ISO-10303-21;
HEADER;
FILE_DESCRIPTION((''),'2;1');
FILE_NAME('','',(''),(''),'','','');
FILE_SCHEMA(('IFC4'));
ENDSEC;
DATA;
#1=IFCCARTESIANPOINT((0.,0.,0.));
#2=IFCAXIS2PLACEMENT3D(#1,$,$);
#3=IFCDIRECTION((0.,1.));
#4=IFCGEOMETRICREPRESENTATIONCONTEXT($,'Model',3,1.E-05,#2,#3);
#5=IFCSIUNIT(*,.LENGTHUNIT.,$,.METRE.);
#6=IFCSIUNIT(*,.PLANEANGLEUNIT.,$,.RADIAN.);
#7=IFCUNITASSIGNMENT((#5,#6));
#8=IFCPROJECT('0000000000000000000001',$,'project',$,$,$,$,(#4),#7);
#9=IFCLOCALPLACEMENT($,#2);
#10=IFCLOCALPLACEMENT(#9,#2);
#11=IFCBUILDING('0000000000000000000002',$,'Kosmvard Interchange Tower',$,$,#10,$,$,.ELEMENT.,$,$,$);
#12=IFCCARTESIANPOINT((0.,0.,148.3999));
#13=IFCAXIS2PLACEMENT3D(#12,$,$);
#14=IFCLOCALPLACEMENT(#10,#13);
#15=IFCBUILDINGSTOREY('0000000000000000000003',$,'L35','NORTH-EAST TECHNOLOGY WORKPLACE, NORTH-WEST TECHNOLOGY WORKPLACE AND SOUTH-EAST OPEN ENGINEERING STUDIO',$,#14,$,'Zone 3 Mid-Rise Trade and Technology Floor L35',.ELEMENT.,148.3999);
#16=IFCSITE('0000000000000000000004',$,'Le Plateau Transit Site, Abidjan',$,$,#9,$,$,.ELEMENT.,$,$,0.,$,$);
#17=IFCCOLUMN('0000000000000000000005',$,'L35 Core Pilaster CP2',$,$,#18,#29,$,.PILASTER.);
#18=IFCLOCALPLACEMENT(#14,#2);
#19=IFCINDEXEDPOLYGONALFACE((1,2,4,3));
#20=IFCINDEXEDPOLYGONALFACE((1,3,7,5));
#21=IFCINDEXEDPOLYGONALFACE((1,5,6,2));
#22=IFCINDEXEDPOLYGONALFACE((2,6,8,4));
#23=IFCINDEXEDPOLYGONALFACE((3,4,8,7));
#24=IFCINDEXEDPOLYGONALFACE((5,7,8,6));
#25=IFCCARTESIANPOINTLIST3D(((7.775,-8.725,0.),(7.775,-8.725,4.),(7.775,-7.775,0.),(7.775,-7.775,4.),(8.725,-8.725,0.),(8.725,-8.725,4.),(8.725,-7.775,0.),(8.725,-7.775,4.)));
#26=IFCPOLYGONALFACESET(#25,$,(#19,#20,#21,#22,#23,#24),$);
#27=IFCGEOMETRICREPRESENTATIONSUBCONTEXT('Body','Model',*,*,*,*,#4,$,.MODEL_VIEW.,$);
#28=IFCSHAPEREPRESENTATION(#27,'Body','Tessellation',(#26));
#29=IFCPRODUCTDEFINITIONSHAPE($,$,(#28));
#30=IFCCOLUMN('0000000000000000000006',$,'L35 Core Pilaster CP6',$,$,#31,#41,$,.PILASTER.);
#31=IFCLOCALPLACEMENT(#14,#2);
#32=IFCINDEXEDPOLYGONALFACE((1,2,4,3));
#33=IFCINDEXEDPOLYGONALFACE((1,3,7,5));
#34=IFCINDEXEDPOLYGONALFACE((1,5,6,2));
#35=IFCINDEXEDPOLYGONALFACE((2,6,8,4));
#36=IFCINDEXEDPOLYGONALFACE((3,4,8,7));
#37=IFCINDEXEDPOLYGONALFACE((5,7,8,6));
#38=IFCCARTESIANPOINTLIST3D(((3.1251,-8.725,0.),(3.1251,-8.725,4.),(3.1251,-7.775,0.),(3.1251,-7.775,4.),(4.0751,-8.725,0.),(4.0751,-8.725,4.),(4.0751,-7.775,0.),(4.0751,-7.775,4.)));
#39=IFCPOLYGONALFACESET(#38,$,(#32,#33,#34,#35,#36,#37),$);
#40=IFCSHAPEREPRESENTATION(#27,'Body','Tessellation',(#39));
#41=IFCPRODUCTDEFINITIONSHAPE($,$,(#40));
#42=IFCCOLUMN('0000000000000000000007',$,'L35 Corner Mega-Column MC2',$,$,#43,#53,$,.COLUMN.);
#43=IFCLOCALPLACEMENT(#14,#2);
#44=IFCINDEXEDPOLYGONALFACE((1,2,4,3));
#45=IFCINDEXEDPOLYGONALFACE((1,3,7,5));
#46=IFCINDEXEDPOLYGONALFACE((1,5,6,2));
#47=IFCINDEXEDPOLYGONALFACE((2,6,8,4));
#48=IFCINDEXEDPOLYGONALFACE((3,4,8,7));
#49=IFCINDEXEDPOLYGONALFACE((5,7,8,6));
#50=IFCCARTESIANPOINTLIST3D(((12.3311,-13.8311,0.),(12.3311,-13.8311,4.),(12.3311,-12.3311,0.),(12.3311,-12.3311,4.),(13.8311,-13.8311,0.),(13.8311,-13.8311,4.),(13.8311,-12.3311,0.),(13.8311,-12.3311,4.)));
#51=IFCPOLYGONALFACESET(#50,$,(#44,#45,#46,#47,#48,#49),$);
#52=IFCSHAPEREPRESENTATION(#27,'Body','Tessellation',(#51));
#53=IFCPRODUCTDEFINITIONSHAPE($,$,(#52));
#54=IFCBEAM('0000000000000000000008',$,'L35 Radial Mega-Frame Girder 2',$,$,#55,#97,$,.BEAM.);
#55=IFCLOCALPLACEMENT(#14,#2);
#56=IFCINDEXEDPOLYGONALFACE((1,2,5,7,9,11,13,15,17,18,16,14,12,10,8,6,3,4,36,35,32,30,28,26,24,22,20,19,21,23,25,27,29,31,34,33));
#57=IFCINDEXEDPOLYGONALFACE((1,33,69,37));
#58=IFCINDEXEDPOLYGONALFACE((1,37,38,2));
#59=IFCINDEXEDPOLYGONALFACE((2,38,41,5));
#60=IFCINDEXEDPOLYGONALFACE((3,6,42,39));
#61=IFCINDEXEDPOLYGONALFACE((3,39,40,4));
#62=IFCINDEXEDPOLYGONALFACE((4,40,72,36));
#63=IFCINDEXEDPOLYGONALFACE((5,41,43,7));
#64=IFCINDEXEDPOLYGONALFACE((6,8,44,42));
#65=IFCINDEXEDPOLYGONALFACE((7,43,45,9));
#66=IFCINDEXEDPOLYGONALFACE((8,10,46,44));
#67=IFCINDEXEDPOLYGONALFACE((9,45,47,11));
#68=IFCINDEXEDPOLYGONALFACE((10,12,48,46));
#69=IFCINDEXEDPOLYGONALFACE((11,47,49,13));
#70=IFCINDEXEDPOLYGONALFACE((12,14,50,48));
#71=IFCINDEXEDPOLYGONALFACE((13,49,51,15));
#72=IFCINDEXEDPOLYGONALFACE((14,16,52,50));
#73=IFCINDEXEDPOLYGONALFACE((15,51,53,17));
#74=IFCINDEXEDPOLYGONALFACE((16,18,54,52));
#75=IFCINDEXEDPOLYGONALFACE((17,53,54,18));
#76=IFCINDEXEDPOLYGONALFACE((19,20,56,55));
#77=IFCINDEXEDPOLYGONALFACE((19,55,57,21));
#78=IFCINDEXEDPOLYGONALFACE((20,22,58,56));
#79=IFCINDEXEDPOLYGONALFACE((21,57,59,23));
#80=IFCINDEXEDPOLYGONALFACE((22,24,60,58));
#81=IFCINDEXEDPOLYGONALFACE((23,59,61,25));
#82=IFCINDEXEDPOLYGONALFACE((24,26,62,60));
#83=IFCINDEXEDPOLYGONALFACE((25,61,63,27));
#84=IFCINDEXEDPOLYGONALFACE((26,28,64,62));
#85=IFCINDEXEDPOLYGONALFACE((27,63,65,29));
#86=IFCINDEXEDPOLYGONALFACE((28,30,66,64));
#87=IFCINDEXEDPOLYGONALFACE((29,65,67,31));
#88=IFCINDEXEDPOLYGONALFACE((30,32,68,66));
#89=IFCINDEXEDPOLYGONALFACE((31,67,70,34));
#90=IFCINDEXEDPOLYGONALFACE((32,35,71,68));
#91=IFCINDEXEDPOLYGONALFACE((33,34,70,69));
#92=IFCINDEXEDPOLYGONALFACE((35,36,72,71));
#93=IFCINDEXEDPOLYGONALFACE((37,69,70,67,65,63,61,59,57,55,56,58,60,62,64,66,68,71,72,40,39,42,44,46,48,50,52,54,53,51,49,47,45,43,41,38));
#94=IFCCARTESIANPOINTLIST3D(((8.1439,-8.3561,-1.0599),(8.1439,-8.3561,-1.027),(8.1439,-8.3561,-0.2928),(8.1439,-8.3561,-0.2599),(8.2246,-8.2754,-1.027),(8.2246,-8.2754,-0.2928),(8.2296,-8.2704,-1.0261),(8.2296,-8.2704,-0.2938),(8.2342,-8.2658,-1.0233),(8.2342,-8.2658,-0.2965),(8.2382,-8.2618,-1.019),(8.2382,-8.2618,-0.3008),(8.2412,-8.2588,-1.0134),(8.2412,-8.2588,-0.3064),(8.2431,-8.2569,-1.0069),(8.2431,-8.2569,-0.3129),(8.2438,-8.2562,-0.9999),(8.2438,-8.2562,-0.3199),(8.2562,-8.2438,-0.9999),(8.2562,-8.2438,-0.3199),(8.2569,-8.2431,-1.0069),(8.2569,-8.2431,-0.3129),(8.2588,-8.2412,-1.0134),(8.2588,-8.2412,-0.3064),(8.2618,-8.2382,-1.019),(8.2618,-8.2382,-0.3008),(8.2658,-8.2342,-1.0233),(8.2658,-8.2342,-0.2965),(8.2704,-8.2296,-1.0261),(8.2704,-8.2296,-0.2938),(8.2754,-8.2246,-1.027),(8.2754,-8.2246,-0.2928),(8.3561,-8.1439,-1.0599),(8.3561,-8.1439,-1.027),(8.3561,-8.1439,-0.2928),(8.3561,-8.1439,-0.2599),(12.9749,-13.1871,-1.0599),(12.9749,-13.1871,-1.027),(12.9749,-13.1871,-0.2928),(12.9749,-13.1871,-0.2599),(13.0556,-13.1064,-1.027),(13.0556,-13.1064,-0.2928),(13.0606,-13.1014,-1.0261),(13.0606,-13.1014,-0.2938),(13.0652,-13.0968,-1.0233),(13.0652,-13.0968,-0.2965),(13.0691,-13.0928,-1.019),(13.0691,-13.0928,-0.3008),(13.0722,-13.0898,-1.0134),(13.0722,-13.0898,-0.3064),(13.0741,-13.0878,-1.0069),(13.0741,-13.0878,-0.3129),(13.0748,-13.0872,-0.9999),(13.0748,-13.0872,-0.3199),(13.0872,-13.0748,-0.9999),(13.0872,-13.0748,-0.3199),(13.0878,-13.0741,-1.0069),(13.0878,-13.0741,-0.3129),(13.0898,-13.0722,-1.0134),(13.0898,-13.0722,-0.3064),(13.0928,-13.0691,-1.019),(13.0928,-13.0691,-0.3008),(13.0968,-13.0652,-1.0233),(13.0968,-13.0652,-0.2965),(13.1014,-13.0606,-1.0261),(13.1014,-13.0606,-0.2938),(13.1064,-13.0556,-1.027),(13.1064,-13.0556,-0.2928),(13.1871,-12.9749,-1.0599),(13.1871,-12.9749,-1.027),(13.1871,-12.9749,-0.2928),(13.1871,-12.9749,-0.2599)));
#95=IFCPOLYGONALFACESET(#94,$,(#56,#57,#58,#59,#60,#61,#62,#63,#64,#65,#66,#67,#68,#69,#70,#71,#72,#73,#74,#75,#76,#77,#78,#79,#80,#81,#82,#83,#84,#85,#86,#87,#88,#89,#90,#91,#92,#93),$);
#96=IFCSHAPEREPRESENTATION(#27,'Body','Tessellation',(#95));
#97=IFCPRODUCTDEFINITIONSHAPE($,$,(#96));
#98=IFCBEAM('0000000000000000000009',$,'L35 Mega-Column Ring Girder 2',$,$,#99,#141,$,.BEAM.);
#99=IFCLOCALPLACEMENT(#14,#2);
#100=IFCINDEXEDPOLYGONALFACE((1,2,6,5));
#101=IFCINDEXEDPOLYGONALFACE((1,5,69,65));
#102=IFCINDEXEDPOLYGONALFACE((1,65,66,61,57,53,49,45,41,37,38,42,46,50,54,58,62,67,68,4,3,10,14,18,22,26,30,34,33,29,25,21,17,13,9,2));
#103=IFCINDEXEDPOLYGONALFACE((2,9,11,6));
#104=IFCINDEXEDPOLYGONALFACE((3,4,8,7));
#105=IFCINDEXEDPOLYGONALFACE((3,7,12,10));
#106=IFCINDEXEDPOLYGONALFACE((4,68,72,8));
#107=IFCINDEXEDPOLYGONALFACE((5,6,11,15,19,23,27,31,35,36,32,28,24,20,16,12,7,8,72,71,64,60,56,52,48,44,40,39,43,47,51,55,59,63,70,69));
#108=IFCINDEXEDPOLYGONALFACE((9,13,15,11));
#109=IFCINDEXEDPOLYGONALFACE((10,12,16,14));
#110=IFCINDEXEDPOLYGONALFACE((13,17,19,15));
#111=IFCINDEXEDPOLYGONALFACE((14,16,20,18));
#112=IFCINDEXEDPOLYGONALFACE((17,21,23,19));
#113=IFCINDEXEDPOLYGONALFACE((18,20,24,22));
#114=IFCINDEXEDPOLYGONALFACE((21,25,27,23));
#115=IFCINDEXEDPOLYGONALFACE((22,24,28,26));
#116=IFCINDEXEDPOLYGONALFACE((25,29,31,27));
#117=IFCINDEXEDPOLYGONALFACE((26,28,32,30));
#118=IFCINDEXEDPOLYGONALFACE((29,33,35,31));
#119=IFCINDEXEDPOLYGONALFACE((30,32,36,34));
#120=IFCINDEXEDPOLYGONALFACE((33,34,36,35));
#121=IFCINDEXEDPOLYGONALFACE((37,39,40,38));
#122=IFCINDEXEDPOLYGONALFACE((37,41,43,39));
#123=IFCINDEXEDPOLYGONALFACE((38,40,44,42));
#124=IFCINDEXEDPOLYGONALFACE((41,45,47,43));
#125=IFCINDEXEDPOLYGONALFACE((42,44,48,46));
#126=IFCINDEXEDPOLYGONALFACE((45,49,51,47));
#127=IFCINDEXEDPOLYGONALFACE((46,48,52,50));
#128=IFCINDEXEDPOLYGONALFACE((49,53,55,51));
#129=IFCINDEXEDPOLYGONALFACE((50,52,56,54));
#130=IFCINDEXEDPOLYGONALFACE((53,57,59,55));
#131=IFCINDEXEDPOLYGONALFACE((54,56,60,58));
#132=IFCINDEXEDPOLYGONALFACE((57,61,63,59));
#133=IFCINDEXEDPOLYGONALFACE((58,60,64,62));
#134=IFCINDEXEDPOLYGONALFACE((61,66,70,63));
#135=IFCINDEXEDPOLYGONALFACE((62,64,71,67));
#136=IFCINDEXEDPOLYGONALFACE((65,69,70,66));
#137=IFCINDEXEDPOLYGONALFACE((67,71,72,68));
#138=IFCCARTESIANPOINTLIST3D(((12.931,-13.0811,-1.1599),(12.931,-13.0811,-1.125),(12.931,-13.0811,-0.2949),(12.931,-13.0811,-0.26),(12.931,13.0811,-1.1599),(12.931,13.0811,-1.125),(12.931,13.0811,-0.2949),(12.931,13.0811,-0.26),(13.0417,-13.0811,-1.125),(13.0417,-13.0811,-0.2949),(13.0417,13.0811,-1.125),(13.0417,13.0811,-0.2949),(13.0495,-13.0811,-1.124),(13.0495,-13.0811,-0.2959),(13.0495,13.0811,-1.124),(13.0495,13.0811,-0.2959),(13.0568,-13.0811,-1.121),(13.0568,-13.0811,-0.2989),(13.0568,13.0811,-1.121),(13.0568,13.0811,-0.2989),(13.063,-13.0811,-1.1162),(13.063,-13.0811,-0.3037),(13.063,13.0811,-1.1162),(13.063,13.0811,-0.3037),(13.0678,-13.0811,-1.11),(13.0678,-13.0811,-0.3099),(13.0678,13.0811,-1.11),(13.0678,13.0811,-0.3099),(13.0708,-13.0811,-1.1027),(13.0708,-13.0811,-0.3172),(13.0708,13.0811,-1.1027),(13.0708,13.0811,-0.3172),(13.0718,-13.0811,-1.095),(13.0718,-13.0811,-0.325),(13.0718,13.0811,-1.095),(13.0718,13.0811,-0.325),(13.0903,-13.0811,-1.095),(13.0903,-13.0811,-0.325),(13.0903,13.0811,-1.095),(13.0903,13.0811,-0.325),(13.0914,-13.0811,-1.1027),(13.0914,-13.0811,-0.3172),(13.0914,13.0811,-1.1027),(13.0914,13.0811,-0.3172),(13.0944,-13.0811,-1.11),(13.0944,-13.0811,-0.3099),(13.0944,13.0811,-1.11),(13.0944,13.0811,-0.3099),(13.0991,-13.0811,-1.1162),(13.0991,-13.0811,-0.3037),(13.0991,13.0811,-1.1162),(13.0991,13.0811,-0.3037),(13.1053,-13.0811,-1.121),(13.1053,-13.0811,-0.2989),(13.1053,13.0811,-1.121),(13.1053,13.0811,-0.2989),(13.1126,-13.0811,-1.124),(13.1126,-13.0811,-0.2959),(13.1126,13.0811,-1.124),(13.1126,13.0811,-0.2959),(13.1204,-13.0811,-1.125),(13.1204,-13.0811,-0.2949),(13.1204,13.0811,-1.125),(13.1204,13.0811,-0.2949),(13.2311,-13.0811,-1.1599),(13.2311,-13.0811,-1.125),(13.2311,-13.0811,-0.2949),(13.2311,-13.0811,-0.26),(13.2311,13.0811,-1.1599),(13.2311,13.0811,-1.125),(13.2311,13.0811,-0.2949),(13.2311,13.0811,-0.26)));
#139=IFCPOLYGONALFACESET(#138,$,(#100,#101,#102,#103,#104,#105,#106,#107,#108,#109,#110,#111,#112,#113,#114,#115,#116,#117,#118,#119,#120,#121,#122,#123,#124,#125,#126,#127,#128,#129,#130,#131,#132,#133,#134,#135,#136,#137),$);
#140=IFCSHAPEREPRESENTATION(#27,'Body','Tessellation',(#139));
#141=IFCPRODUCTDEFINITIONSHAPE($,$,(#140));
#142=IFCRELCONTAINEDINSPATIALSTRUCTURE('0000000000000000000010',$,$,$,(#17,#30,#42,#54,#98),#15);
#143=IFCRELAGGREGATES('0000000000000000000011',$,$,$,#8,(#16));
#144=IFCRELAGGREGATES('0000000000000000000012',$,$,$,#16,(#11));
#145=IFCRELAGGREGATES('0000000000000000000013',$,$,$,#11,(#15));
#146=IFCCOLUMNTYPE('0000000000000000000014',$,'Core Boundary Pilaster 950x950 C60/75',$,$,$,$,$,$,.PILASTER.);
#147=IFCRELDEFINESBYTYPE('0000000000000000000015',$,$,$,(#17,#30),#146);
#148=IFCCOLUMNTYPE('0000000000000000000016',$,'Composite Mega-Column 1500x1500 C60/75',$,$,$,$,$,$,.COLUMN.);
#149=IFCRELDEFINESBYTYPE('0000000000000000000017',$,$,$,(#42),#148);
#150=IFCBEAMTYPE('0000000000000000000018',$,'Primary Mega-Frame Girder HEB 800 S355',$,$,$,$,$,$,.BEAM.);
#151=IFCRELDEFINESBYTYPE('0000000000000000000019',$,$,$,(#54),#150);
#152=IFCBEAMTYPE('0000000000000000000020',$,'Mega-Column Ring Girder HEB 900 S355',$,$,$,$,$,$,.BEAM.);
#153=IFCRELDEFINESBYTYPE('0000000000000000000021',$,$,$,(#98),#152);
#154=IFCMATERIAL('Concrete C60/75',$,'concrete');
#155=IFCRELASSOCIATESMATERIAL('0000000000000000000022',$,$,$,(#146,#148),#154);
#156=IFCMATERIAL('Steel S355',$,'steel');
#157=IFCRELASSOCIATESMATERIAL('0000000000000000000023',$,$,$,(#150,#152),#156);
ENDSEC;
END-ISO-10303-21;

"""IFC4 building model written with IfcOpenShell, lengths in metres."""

from ifc_helpers import new_model, si_unit, direction, frame, origin, origin_2d, place, context, subcontext, project, spatial, rectangle, i_section, extrude, source, transform, mapped, material, material_profile, profile_set, type_object, element, save


model = new_model("IFC4")

# Units and contexts
model_context = context("Model", 3, precision=1e-05, world=origin(), true_north=direction((0.0, 1.0)))
body_context = subcontext(model_context, "Body", "Model", "MODEL_VIEW")
ifc_project = project(units=[si_unit("LENGTHUNIT", "METRE"), si_unit("PLANEANGLEUNIT", "RADIAN")], contexts=[model_context])

# Site, building, storey
site_placement = place(None, origin())
site = spatial("IfcSite", under=ifc_project, at=site_placement, Name="Le Plateau Transit Site, Abidjan", CompositionType="ELEMENT", RefElevation=0.0)
building_placement = place(site_placement, origin())
building = spatial("IfcBuilding", under=site, at=building_placement, Name="Kosmvard Interchange Tower", CompositionType="ELEMENT")
storey_placement = place(building_placement, frame((0.0, 0.0, 148.3999)))
storey = spatial("IfcBuildingStorey", under=building, at=storey_placement, Name="L35", Description="NORTH-EAST TECHNOLOGY WORKPLACE, NORTH-WEST TECHNOLOGY WORKPLACE AND SOUTH-EAST OPEN ENGINEERING STUDIO", LongName="Zone 3 Mid-Rise Trade and Technology Floor L35", CompositionType="ELEMENT", Elevation=148.3999)

# Columns
ifc_material_1 = material(Name="Concrete C60/75", Category="concrete")
ifc_material_profile_1 = material_profile(ifc_material_1, rectangle(XDim=0.95, YDim=0.95, at=origin_2d()), Name="CP 950x950")
ifc_profile_set_1 = profile_set([ifc_material_profile_1], Name="Concrete C60/75")
column_type_1 = type_object("IfcColumnType", Name="Core Boundary Pilaster 950x950 C60/75", PredefinedType="PILASTER", material=ifc_profile_set_1)
shared_shape_1 = source(origin(), body_context, "Body", "SweptSolid", [
    extrude(rectangle(XDim=0.95, YDim=0.95, at=origin_2d()), origin(), (0.0, 0.0, 1.0), 4.0),
])
for number, where, z_axis, x_axis, name in (
    (1, (8.25, -8.25, 0.0), (0.0, 0.0, 1.0), (1.0, 0.0, 0.0), "L35 Core Pilaster CP2"),
    (2, (3.6001, -8.25, 0.0), (0.0, 0.0, 1.0), (1.0, 0.0, 0.0), "L35 Core Pilaster CP6"),
):
    element("IfcColumn", number, at=place(storey_placement, frame(where, z_axis=z_axis, x_axis=x_axis)), inside=storey, type_object=column_type_1, Name=name, PredefinedType="PILASTER", context=body_context, shape_type="MappedRepresentation", body=[
        mapped(shared_shape_1, transform((0.0, 0.0, 0.0), scale=1.0)),
    ])
ifc_material_profile_2 = material_profile(ifc_material_1, rectangle(XDim=1.5, YDim=1.5, at=origin_2d()), Name="MC 1500x1500")
ifc_profile_set_2 = profile_set([ifc_material_profile_2], Name="Concrete C60/75")
column_type_2 = type_object("IfcColumnType", Name="Composite Mega-Column 1500x1500 C60/75", PredefinedType="COLUMN", material=ifc_profile_set_2)
shared_shape_2 = source(origin(), body_context, "Body", "SweptSolid", [
    extrude(rectangle(XDim=1.5, YDim=1.5, at=origin_2d()), origin(), (0.0, 0.0, 1.0), 4.0),
])
column_placement = place(storey_placement, frame((13.0811, -13.0811, 0.0), z_axis=(0.0, 0.0, 1.0), x_axis=(1.0, 0.0, 0.0)))
element("IfcColumn", 3, at=column_placement, inside=storey, type_object=column_type_2, Name="L35 Corner Mega-Column MC2", PredefinedType="COLUMN", context=body_context, shape_type="MappedRepresentation", body=[
    mapped(shared_shape_2, transform((0.0, 0.0, 0.0), scale=1.0)),
])

# Beams
ifc_material_2 = material(Name="Steel S355", Category="steel")
ifc_material_profile_3 = material_profile(ifc_material_2, i_section(OverallWidth=0.3, OverallDepth=0.8, WebThickness=0.0176, FlangeThickness=0.033, FilletRadius=0.0271, at=origin_2d()), Name="HEB 800")
ifc_profile_set_3 = profile_set([ifc_material_profile_3], Name="Steel S355")
beam_type_1 = type_object("IfcBeamType", Name="Primary Mega-Frame Girder HEB 800 S355", PredefinedType="BEAM", material=ifc_profile_set_3)
shared_shape_3 = source(origin(), body_context, "Body", "SweptSolid", [
    extrude(i_section(OverallWidth=0.3, OverallDepth=0.8, WebThickness=0.0176, FlangeThickness=0.033, FilletRadius=0.0271, at=origin_2d()), origin(), (0.0, 0.0, 1.0), 6.832),
])
beam_1_placement = place(storey_placement, frame((8.25, -8.25, -0.6599), z_axis=(0.707107, -0.707107, 0.0), x_axis=(0.707107, 0.707107, 0.0)))
element("IfcBeam", 4, at=beam_1_placement, inside=storey, type_object=beam_type_1, Name="L35 Radial Mega-Frame Girder 2", PredefinedType="BEAM", context=body_context, shape_type="MappedRepresentation", body=[
    mapped(shared_shape_3, transform((0.0, 0.0, 0.0), scale=1.0)),
])
ifc_material_profile_4 = material_profile(ifc_material_2, i_section(OverallWidth=0.3, OverallDepth=0.8999, WebThickness=0.0186, FlangeThickness=0.0349, FilletRadius=0.03, at=origin_2d()), Name="HEB 900")
ifc_profile_set_4 = profile_set([ifc_material_profile_4], Name="Steel S355")
beam_type_2 = type_object("IfcBeamType", Name="Mega-Column Ring Girder HEB 900 S355", PredefinedType="BEAM", material=ifc_profile_set_4)
shared_shape_4 = source(origin(), body_context, "Body", "SweptSolid", [
    extrude(i_section(OverallWidth=0.3, OverallDepth=0.8999, WebThickness=0.0186, FlangeThickness=0.0349, FilletRadius=0.03, at=origin_2d()), origin(), (0.0, 0.0, 1.0), 26.1621),
])
beam_2_placement = place(storey_placement, frame((13.0811, -13.0811, -0.71), z_axis=(0.0, 1.0, 0.0), x_axis=(-1.0, 0.0, 0.0)))
element("IfcBeam", 5, at=beam_2_placement, inside=storey, type_object=beam_type_2, Name="L35 Mega-Column Ring Girder 2", PredefinedType="BEAM", context=body_context, shape_type="MappedRepresentation", body=[
    mapped(shared_shape_4, transform((0.0, 0.0, 0.0), scale=1.0)),
])

save(model, "model.ifc")
